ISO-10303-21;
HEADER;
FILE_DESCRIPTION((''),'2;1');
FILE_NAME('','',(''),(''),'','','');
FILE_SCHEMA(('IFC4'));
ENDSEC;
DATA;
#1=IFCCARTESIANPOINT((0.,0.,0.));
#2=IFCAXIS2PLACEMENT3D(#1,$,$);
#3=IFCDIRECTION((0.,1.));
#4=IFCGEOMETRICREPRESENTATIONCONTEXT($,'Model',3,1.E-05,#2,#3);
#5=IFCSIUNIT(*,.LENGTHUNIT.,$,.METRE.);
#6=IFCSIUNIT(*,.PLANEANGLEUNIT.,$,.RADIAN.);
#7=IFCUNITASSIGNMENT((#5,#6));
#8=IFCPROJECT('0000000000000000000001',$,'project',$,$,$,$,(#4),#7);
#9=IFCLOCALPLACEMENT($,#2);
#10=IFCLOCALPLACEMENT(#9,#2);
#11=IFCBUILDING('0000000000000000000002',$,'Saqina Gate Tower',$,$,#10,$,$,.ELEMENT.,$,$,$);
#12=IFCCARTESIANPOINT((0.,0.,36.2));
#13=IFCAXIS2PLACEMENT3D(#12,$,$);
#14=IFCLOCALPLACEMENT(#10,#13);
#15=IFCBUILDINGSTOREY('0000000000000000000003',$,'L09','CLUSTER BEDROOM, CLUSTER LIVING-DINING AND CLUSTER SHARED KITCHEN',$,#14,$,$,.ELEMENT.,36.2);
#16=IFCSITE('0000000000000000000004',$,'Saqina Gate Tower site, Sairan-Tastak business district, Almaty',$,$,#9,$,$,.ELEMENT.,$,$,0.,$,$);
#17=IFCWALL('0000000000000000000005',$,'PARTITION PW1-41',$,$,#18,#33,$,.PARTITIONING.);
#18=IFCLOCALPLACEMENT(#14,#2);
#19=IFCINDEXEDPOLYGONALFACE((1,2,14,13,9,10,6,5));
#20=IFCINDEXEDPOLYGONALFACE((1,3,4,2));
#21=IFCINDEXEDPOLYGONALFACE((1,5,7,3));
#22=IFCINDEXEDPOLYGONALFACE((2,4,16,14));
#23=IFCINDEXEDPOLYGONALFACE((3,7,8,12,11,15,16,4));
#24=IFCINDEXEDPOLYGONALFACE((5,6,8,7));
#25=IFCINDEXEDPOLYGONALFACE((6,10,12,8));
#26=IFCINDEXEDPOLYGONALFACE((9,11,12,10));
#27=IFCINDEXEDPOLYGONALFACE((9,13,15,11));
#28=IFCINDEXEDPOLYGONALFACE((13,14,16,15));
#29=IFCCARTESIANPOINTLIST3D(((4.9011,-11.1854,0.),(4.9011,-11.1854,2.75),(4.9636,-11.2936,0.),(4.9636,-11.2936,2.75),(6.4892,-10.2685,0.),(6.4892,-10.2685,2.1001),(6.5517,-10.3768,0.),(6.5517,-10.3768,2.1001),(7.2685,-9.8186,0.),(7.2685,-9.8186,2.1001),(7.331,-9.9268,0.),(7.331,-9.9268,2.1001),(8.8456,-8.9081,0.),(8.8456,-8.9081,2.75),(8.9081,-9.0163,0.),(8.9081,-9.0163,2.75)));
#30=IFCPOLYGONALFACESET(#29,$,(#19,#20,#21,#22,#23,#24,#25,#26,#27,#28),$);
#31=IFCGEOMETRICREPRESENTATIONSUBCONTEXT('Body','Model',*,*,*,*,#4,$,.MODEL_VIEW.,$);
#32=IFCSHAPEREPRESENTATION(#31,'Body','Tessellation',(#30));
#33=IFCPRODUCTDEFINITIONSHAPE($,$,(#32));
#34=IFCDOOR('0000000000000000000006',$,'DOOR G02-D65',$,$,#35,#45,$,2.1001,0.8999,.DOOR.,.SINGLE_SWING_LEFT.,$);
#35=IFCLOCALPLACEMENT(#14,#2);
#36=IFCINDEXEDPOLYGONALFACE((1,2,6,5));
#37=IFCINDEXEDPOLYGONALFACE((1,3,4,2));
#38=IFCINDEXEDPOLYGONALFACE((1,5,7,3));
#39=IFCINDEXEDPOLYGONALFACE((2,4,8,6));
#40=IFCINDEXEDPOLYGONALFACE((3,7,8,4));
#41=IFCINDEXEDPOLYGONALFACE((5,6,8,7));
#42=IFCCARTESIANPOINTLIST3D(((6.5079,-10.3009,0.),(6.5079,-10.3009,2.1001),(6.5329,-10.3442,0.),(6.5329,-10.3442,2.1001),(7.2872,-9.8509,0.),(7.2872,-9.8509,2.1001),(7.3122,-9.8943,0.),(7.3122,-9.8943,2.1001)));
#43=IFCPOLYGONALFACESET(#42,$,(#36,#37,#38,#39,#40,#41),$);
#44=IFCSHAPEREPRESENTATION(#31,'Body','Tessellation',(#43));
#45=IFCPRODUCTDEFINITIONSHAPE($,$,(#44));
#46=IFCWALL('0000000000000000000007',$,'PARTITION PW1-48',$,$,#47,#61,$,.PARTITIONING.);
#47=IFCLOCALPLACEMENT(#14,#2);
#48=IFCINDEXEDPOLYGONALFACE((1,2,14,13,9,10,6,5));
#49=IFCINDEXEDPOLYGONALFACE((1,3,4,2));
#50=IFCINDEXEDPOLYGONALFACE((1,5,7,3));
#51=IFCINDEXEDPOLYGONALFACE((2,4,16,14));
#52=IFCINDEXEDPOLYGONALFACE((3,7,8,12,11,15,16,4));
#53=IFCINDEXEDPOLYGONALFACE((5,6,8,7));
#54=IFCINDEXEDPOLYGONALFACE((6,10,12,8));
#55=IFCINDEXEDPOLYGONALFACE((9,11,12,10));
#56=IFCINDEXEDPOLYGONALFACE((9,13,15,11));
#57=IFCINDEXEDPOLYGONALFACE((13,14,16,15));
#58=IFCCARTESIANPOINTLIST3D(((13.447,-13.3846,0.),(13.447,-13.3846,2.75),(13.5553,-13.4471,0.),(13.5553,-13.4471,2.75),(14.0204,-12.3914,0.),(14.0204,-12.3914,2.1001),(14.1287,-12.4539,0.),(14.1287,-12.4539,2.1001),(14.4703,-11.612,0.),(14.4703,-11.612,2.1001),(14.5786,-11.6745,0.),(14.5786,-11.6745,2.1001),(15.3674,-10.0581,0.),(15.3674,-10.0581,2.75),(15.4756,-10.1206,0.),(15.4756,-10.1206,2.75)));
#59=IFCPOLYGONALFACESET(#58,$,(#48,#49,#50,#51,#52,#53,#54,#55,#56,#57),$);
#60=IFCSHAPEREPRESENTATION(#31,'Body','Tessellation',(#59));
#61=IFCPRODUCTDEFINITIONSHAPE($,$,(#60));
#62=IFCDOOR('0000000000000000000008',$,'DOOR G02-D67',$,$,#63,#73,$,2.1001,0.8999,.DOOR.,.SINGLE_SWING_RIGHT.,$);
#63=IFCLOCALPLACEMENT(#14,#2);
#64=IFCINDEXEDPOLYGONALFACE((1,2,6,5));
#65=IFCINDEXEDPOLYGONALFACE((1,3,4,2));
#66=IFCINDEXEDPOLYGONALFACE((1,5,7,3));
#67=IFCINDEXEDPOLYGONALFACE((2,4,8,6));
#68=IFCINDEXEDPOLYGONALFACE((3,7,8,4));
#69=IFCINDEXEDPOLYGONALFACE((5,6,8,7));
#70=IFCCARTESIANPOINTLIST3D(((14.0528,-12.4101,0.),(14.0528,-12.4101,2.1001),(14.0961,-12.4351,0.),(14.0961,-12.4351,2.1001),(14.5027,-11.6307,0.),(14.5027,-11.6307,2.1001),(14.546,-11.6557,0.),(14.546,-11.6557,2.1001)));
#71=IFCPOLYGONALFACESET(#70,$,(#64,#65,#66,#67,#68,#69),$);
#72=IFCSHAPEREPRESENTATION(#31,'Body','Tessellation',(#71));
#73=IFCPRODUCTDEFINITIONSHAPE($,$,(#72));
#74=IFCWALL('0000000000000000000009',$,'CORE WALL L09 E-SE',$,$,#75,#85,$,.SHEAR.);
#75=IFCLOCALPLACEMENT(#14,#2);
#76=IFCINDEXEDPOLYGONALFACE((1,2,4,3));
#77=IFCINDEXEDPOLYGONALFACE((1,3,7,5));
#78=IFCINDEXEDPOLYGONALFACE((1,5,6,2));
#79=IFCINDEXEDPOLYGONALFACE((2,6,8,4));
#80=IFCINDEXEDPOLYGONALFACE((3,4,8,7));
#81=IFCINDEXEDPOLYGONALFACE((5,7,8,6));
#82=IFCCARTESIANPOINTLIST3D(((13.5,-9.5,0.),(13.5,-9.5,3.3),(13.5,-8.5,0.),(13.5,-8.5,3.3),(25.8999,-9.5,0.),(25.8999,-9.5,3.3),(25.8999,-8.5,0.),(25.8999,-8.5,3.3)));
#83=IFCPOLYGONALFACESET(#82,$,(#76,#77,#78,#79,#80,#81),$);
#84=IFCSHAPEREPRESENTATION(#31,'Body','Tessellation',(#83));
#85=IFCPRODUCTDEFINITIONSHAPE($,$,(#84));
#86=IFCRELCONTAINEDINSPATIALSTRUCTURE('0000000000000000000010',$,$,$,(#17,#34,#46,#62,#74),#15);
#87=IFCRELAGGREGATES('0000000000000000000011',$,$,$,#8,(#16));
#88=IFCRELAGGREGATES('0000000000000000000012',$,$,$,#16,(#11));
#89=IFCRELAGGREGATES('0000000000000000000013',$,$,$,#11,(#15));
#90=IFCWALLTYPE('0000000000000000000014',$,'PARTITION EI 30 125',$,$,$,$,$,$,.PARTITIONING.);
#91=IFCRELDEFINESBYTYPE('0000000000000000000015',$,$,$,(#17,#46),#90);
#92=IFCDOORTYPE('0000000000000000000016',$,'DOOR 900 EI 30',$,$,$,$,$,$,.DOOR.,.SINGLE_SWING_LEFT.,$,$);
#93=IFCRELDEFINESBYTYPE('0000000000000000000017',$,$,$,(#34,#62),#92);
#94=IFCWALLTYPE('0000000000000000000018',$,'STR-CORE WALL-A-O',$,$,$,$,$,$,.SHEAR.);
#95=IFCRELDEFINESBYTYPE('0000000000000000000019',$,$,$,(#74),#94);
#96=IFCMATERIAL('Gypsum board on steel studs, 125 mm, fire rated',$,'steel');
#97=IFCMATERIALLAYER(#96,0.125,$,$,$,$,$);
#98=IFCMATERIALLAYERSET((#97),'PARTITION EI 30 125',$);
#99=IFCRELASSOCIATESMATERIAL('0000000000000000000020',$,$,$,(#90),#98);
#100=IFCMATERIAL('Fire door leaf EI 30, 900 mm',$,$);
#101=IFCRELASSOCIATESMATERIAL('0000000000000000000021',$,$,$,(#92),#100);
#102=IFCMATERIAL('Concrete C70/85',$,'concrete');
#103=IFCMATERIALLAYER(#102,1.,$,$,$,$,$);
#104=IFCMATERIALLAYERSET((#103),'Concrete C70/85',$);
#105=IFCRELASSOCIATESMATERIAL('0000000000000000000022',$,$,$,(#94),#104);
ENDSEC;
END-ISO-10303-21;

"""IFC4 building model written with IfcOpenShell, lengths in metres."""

from ifc_helpers import new_model, si_unit, direction, frame, frame_2d, origin, place, context, subcontext, project, spatial, rectangle, extrude, material, layer, layer_set, type_object, element, fill, save


model = new_model("IFC4")

# Units and contexts
model_context = context("Model", 3, precision=1e-05, world=origin(), true_north=direction((0.0, 1.0)))
body_context = subcontext(model_context, "Body", "Model", "MODEL_VIEW")
ifc_project = project(units=[si_unit("LENGTHUNIT", "METRE"), si_unit("PLANEANGLEUNIT", "RADIAN")], contexts=[model_context])

# Site, building, storey
site_placement = place(None, origin())
site = spatial("IfcSite", under=ifc_project, at=site_placement, Name="Saqina Gate Tower site, Sairan-Tastak business district, Almaty", CompositionType="ELEMENT", RefElevation=0.0)
building_placement = place(site_placement, origin())
building = spatial("IfcBuilding", under=site, at=building_placement, Name="Saqina Gate Tower", CompositionType="ELEMENT")
storey_placement = place(building_placement, frame((0.0, 0.0, 36.2)))
storey = spatial("IfcBuildingStorey", under=building, at=storey_placement, Name="L09", Description="CLUSTER BEDROOM, CLUSTER LIVING-DINING AND CLUSTER SHARED KITCHEN", CompositionType="ELEMENT", Elevation=36.2)

# Shared definitions
ifc_material_1 = material(Name="Gypsum board on steel studs, 125 mm, fire rated", Category="steel")
ifc_layer_1 = layer(ifc_material_1, 0.125)
ifc_layer_set_1 = layer_set([ifc_layer_1], Name="PARTITION EI 30 125")
wall_type_1 = type_object("IfcWallType", Name="PARTITION EI 30 125", PredefinedType="PARTITIONING", material=ifc_layer_set_1)

# Walls, openings, doors
wall_1_placement = place(storey_placement, frame((4.9324, -11.2395, 0.0), z_axis=(0.0, 0.0, 1.0), x_axis=(0.866031, 0.49999, 0.0)))
wall_1 = element("IfcWall", 1, at=wall_1_placement, inside=storey, type_object=wall_type_1, Name="PARTITION PW1-41", PredefinedType="PARTITIONING", context=body_context, shape_type="SweptSolid", body=[
    extrude(rectangle(XDim=4.5547, YDim=0.125, at=frame_2d((2.2773, 0.0))), origin(), (0.0, 0.0, 1.0), 2.75),
])
opening_1_placement = place(wall_1_placement, frame((1.8337, 0.0, 0.0)))
opening_1 = element("IfcOpeningElement", 2, at=opening_1_placement, cuts=wall_1, PredefinedType="OPENING", context=body_context, shape_type="SweptSolid", body=[
    extrude(rectangle(XDim=0.8999, YDim=2.1001, at=frame_2d((0.45, 1.05))), frame((0.0, 0.0745, 0.0), z_axis=(0.0, -1.0, 0.0), x_axis=(1.0, 0.0, 0.0)), (0.0, 0.0, 1.0), 0.1489),
])
ifc_material_2 = material(Name="Fire door leaf EI 30, 900 mm")
door_type_1 = type_object("IfcDoorType", Name="DOOR 900 EI 30", OperationType="SINGLE_SWING_LEFT", PredefinedType="DOOR", material=ifc_material_2)
door_1_placement = place(opening_1_placement, frame((0.8999, 0.0, 0.0), z_axis=(0.0, 0.0, 1.0), x_axis=(-1.0, 0.0, 0.0)))
door_1 = element("IfcDoor", 3, at=door_1_placement, inside=storey, type_object=door_type_1, Name="DOOR G02-D65", OperationType="SINGLE_SWING_LEFT", OverallHeight=2.1001, OverallWidth=0.8999, PredefinedType="DOOR", context=body_context, shape_type="SweptSolid", body=[
    extrude(rectangle(XDim=0.8999, YDim=2.1001, at=frame_2d((0.45, 1.05))), frame((0.0, 0.0249, 0.0), z_axis=(0.0, -1.0, 0.0), x_axis=(1.0, 0.0, 0.0)), (0.0, 0.0, 1.0), 0.05),
])
fill(opening_1, door_1)
wall_2_placement = place(storey_placement, frame((13.5012, -13.4158, 0.0), z_axis=(0.0, 0.0, 1.0), x_axis=(0.499954, 0.866052, 0.0)))
wall_2 = element("IfcWall", 4, at=wall_2_placement, inside=storey, type_object=wall_type_1, Name="PARTITION PW1-48", PredefinedType="PARTITIONING", context=body_context, shape_type="SweptSolid", body=[
    extrude(rectangle(XDim=3.8411, YDim=0.125, at=frame_2d((1.9204, 0.0))), origin(), (0.0, 0.0, 1.0), 2.75),
])
opening_2_placement = place(wall_2_placement, frame((1.1467, 0.0, 0.0)))
opening_2 = element("IfcOpeningElement", 5, at=opening_2_placement, cuts=wall_2, PredefinedType="OPENING", context=body_context, shape_type="SweptSolid", body=[
    extrude(rectangle(XDim=0.8999, YDim=2.1001, at=frame_2d((0.45, 1.05))), frame((0.0, 0.0745, 0.0), z_axis=(0.0, -1.0, 0.0), x_axis=(1.0, 0.0, 0.0)), (0.0, 0.0, 1.0), 0.1489),
])
door_2_placement = place(opening_2_placement, frame((0.8999, 0.0, 0.0), z_axis=(0.0, 0.0, 1.0), x_axis=(-1.0, 0.0, 0.0)))
door_2 = element("IfcDoor", 6, at=door_2_placement, inside=storey, type_object=door_type_1, Name="DOOR G02-D67", OperationType="SINGLE_SWING_RIGHT", OverallHeight=2.1001, OverallWidth=0.8999, PredefinedType="DOOR", context=body_context, shape_type="SweptSolid", body=[
    extrude(rectangle(XDim=0.8999, YDim=2.1001, at=frame_2d((0.45, 1.05))), frame((0.0, 0.0249, 0.0), z_axis=(0.0, -1.0, 0.0), x_axis=(1.0, 0.0, 0.0)), (0.0, 0.0, 1.0), 0.05),
])
fill(opening_2, door_2)

# Shared definitions
ifc_material_3 = material(Name="Concrete C70/85", Category="concrete")
ifc_layer_2 = layer(ifc_material_3, 1.0)
ifc_layer_set_2 = layer_set([ifc_layer_2], Name="Concrete C70/85")
wall_type_2 = type_object("IfcWallType", Name="STR-CORE WALL-A-O", PredefinedType="SHEAR", material=ifc_layer_set_2)

# Wall
wall_3_placement = place(storey_placement, frame((13.5, -9.0, 0.0), z_axis=(0.0, 0.0, 1.0), x_axis=(1.0, 0.0, 0.0)))
element("IfcWall", 7, at=wall_3_placement, inside=storey, type_object=wall_type_2, Name="CORE WALL L09 E-SE", PredefinedType="SHEAR", context=body_context, shape_type="SweptSolid", body=[
    extrude(rectangle(XDim=12.3999, YDim=1.0, at=frame_2d((6.2, 0.0))), origin(), (0.0, 0.0, 1.0), 3.3),
])

save(model, "model.ifc")
